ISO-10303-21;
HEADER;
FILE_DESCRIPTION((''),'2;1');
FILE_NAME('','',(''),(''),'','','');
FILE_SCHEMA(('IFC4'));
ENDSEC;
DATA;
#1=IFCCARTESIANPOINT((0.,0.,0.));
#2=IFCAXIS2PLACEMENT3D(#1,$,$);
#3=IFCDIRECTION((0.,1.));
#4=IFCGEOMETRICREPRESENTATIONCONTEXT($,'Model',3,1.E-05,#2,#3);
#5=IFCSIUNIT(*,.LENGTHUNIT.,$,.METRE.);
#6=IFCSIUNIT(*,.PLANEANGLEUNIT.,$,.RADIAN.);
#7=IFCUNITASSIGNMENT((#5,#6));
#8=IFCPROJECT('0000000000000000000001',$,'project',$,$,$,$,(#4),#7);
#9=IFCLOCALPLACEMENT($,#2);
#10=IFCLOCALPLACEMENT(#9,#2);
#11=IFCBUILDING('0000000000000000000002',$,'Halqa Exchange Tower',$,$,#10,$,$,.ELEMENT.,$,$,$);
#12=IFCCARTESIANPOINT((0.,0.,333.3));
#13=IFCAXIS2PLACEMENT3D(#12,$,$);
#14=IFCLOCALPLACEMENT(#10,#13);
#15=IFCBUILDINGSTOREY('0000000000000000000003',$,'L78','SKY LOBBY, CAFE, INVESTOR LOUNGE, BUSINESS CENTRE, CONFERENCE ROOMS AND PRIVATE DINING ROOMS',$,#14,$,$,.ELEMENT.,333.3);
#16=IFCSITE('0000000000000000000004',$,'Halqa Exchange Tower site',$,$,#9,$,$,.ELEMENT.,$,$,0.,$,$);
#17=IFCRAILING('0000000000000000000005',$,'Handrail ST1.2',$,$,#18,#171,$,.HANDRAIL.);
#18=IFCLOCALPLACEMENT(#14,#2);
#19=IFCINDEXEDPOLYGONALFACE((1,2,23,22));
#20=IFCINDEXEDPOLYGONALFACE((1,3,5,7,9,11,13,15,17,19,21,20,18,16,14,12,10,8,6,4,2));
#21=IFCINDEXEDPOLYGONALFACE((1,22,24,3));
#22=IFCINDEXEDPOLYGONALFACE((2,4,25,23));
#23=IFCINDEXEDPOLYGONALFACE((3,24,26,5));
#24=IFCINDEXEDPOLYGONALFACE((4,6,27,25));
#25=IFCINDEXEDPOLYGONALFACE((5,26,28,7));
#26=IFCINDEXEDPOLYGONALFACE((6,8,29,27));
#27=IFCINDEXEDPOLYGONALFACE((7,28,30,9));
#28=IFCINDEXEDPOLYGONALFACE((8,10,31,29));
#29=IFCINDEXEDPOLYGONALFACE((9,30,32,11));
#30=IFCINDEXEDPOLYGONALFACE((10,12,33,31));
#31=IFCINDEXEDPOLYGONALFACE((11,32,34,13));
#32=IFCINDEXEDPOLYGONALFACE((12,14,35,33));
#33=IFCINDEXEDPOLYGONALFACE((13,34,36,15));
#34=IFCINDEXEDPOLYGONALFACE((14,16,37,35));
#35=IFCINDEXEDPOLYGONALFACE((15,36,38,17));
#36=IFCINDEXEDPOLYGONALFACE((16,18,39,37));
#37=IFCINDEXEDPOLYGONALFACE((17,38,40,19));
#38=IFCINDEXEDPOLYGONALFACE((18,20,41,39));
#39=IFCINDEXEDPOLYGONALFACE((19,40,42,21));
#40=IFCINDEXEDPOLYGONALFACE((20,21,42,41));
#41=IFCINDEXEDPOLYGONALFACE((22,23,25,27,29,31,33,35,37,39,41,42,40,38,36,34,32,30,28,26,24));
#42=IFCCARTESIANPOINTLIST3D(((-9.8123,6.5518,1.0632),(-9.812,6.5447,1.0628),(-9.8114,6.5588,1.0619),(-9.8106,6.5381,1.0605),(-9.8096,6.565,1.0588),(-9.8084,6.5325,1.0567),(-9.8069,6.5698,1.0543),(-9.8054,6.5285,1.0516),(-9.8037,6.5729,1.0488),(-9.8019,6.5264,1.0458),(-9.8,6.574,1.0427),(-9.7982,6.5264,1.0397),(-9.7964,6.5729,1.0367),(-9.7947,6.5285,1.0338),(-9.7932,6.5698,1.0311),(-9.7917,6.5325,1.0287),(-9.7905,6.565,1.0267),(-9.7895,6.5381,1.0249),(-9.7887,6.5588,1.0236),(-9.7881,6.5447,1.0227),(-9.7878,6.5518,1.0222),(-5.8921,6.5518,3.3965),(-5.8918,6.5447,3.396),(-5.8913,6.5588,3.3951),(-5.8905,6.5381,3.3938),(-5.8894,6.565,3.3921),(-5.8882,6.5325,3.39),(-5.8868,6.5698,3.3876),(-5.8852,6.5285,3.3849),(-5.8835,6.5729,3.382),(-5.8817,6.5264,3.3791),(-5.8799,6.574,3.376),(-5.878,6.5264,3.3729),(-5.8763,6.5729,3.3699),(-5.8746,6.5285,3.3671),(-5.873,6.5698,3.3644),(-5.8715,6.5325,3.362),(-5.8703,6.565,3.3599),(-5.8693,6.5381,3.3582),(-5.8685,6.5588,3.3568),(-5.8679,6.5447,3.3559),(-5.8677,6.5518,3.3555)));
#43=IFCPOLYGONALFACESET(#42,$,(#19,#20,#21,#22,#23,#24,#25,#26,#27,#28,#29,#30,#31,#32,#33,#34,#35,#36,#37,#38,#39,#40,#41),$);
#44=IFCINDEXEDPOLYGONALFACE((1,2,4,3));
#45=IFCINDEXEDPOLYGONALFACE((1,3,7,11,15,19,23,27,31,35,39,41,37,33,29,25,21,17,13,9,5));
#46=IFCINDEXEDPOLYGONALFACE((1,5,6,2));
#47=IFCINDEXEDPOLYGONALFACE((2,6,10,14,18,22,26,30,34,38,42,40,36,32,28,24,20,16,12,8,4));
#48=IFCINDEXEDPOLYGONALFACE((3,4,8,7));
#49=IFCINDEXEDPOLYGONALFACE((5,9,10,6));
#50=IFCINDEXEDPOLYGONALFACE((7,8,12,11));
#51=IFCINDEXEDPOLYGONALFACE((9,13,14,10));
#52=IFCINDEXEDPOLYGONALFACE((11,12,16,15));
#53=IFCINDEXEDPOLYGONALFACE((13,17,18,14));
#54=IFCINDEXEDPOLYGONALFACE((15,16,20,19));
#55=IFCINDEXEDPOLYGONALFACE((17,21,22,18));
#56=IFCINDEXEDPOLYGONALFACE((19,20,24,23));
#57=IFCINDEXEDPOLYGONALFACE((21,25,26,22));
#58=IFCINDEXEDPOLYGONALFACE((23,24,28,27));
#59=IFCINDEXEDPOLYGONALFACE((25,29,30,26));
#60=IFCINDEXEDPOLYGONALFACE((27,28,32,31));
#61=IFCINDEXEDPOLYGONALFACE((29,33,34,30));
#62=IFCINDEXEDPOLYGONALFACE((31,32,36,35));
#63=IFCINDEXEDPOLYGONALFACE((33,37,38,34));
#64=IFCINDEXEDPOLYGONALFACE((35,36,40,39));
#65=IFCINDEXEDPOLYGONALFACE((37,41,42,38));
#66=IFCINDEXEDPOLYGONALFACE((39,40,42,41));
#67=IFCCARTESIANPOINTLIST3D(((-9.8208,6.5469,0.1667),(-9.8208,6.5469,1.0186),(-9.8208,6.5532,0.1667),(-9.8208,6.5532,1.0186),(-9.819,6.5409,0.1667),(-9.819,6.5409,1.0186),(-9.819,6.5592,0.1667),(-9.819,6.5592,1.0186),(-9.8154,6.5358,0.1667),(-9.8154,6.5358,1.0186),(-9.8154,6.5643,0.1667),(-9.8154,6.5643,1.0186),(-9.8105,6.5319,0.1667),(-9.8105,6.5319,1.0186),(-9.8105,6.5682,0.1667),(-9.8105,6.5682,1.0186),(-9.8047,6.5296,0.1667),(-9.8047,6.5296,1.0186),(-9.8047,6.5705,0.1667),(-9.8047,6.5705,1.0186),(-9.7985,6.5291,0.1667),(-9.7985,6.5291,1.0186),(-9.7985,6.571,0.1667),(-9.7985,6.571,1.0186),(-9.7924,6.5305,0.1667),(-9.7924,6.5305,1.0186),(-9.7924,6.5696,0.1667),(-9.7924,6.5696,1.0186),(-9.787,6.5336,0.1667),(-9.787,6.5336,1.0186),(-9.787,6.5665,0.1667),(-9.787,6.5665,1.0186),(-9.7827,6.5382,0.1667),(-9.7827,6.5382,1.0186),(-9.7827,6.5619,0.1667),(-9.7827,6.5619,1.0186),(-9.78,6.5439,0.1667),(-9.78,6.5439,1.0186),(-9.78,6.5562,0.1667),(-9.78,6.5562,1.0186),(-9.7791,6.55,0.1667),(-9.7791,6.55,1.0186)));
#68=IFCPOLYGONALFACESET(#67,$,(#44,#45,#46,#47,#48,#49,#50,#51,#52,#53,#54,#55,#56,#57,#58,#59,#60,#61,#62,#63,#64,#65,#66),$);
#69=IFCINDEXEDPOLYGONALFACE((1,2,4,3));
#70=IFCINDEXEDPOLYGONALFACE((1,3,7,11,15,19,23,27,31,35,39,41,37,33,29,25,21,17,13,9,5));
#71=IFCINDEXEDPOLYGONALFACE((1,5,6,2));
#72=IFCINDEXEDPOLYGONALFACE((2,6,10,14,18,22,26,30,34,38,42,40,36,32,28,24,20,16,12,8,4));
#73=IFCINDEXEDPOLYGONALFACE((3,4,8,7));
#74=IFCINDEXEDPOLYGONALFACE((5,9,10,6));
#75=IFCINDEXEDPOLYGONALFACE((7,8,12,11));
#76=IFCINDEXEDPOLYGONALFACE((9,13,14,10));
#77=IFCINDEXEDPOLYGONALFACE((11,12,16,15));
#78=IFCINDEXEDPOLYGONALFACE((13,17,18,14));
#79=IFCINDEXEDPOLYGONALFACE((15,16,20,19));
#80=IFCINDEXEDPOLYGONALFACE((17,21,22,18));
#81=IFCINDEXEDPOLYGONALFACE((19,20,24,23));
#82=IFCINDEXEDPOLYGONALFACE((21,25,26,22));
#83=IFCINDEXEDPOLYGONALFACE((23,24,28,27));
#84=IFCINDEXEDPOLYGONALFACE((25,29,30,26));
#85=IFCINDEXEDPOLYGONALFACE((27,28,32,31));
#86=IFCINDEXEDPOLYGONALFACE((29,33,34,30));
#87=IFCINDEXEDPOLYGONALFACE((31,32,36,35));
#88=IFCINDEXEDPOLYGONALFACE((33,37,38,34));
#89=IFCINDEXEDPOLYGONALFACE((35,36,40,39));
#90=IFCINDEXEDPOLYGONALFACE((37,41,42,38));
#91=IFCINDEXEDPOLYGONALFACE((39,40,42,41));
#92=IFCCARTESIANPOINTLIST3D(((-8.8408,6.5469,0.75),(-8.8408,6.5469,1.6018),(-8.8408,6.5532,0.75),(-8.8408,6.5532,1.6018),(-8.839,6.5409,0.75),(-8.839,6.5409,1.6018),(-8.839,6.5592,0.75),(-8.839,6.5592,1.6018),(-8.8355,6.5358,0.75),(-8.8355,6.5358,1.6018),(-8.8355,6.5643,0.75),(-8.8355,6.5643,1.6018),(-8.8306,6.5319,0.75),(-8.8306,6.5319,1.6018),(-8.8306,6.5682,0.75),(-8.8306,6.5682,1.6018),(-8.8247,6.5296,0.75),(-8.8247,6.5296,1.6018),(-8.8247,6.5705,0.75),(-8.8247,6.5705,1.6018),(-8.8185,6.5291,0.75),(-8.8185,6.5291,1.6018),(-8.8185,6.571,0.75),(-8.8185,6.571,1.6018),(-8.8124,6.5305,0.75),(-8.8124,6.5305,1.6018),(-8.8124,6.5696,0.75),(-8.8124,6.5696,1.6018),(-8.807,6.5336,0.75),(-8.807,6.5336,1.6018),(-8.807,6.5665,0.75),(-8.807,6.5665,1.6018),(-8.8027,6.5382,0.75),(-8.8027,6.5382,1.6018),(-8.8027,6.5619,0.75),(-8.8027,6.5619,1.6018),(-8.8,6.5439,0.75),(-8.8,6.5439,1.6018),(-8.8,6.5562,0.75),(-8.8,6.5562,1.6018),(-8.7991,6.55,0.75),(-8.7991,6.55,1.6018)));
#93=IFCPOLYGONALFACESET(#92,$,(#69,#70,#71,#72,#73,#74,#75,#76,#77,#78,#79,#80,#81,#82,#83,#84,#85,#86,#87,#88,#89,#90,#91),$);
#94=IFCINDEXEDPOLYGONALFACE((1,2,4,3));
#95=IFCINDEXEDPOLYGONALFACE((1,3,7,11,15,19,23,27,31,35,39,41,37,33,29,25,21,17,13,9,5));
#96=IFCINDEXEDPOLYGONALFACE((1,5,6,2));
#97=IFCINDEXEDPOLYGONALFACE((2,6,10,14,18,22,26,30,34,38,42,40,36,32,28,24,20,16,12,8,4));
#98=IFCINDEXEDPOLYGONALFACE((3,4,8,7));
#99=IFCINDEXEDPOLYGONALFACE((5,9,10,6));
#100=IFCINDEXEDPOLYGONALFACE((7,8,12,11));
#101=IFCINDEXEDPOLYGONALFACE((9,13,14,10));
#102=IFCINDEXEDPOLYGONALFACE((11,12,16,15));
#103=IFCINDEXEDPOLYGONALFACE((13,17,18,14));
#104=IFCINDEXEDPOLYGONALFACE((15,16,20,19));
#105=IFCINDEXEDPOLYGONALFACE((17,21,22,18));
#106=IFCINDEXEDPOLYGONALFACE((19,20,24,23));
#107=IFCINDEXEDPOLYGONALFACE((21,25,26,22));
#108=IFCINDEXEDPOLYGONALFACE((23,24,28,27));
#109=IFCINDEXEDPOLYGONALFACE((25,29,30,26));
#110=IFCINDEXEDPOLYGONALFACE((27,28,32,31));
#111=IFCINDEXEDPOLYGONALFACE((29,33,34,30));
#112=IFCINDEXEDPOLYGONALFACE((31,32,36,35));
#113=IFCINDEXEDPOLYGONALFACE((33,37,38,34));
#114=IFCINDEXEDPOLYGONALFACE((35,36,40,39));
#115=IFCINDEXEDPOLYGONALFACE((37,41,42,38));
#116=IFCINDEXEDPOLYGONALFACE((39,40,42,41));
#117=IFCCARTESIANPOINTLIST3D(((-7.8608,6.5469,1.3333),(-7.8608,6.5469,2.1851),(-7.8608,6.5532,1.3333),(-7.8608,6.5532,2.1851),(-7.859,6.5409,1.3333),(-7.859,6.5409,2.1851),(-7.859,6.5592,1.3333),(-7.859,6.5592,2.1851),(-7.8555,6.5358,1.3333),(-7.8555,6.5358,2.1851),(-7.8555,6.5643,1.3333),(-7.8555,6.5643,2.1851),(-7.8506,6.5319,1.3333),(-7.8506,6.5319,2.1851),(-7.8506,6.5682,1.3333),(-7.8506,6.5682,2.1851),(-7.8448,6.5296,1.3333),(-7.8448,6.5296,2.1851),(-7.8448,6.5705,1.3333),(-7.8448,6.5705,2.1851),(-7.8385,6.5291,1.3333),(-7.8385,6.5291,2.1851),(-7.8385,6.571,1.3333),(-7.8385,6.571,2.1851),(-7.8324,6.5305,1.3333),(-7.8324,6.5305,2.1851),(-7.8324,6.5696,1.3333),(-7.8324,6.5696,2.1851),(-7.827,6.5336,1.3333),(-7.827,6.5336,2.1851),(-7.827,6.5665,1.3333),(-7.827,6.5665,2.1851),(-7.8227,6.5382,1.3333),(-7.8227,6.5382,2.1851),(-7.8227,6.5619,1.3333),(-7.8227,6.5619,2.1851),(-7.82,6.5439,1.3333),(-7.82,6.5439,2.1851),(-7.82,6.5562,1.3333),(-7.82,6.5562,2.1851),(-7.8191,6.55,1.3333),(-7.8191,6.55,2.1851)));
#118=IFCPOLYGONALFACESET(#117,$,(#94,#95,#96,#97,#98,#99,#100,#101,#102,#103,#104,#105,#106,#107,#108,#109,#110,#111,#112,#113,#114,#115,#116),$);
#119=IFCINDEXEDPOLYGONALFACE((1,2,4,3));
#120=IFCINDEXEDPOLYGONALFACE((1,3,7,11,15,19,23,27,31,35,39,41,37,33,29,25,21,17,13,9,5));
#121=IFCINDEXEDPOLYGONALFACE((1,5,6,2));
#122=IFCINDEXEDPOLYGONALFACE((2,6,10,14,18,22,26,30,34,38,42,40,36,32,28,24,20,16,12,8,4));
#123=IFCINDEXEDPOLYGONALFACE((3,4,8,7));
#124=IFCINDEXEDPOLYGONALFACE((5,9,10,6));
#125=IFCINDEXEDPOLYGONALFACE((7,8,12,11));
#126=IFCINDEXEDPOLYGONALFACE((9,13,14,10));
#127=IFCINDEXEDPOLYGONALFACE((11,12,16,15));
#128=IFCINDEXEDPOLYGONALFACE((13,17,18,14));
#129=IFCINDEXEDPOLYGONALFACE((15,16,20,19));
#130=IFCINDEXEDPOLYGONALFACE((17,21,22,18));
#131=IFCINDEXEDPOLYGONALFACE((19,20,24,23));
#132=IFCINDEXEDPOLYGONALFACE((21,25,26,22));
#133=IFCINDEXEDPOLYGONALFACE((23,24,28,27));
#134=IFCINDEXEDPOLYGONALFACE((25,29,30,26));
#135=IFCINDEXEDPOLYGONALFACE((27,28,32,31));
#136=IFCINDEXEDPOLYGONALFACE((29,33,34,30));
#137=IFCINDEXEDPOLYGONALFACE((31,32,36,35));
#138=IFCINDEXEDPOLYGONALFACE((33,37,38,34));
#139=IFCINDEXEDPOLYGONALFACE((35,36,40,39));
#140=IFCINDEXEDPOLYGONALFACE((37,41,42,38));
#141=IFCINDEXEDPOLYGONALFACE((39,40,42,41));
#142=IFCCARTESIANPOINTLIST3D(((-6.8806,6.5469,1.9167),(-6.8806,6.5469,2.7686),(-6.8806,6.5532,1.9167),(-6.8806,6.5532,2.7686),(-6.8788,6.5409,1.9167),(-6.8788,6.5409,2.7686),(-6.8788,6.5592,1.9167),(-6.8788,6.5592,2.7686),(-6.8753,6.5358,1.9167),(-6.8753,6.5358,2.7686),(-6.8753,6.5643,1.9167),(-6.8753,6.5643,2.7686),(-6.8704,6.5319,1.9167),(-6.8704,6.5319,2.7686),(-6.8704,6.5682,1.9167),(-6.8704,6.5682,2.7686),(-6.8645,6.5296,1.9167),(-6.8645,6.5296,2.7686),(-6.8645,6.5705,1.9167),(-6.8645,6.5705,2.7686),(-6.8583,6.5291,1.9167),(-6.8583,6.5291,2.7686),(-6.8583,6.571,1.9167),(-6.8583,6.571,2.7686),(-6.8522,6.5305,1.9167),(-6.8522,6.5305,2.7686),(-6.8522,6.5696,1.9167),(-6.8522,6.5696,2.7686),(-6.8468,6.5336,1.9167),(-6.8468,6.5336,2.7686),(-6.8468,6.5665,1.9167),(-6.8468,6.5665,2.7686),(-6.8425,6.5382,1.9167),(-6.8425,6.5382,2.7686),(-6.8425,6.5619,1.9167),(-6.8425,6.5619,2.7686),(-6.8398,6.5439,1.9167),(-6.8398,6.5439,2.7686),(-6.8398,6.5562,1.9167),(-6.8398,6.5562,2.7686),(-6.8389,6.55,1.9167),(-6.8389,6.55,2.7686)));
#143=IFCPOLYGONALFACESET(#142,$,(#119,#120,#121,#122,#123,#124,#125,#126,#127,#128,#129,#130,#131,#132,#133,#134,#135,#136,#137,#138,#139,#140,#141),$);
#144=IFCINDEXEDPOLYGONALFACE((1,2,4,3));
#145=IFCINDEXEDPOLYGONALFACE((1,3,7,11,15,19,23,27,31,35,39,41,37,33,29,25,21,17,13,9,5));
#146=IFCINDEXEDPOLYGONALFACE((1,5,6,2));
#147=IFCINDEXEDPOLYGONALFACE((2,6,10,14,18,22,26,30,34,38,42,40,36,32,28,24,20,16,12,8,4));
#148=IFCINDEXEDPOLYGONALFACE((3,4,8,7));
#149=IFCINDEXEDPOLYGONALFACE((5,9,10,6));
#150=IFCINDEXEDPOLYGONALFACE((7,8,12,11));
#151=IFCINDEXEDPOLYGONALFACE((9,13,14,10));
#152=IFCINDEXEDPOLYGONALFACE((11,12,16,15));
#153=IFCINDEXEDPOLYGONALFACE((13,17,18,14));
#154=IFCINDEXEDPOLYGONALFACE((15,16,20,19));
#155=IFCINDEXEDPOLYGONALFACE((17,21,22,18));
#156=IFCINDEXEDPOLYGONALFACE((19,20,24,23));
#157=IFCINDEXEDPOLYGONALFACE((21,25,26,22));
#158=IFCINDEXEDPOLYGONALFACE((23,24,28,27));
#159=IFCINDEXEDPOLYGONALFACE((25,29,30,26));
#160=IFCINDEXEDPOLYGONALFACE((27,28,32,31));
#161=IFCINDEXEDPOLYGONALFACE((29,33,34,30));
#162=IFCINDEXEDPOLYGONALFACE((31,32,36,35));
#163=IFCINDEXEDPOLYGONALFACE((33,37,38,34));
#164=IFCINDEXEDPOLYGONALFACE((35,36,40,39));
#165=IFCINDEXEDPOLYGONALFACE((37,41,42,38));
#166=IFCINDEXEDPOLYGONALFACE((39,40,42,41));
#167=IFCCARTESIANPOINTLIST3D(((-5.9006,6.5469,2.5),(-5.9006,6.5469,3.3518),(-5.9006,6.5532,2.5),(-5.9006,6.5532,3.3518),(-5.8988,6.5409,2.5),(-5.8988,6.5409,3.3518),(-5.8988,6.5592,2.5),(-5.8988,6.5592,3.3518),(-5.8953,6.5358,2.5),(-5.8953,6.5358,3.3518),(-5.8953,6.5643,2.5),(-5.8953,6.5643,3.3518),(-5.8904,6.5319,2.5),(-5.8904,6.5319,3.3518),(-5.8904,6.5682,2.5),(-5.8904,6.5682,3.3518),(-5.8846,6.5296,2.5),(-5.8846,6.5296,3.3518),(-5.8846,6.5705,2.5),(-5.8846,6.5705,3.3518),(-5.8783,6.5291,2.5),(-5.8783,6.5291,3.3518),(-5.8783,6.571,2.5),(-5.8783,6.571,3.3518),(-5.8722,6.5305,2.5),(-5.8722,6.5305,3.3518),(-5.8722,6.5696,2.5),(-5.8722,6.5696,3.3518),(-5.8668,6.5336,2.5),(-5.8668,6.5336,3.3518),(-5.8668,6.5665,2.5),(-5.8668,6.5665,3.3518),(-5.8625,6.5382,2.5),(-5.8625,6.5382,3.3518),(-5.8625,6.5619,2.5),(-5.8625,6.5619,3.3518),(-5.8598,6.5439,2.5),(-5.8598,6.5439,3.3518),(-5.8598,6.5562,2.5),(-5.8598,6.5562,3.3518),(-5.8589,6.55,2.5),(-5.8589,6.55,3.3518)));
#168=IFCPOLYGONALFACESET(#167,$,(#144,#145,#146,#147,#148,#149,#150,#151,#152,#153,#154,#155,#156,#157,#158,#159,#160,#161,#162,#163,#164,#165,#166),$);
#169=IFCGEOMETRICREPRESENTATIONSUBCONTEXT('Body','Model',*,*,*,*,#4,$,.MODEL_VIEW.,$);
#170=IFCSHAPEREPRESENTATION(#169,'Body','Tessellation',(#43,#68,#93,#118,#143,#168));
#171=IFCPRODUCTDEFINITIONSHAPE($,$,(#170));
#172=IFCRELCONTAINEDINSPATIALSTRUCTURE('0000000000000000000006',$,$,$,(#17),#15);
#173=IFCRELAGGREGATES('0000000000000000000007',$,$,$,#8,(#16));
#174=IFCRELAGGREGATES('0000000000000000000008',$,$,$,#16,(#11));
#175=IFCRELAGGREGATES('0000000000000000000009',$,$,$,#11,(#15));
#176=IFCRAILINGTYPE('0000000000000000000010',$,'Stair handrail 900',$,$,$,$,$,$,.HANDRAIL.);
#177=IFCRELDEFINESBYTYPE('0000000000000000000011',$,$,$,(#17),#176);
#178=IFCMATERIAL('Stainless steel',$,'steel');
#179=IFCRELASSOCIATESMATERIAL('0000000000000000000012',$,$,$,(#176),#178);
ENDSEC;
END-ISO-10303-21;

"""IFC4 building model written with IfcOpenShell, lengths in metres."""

from ifc_helpers import new_model, si_unit, direction, frame, origin, origin_2d, place, context, subcontext, project, spatial, circle, extrude, material, type_object, element, save


model = new_model("IFC4")

# Units and contexts
model_context = context("Model", 3, precision=1e-05, world=origin(), true_north=direction((0.0, 1.0)))
body_context = subcontext(model_context, "Body", "Model", "MODEL_VIEW")
ifc_project = project(units=[si_unit("LENGTHUNIT", "METRE"), si_unit("PLANEANGLEUNIT", "RADIAN")], contexts=[model_context])

# Site, building, storey
site_placement = place(None, origin())
site = spatial("IfcSite", under=ifc_project, at=site_placement, Name="Halqa Exchange Tower site", CompositionType="ELEMENT", RefElevation=0.0)
building_placement = place(site_placement, origin())
building = spatial("IfcBuilding", under=site, at=building_placement, Name="Halqa Exchange Tower", CompositionType="ELEMENT")
storey_placement = place(building_placement, frame((0.0, 0.0, 333.3)))
storey = spatial("IfcBuildingStorey", under=building, at=storey_placement, Name="L78", Description="SKY LOBBY, CAFE, INVESTOR LOUNGE, BUSINESS CENTRE, CONFERENCE ROOMS AND PRIVATE DINING ROOMS", CompositionType="ELEMENT", Elevation=333.3)

# Shared definitions
ifc_material_1 = material(Name="Stainless steel", Category="steel")

# Railing
railing_type_1 = type_object("IfcRailingType", Name="Stair handrail 900", PredefinedType="HANDRAIL", material=ifc_material_1)
railing_1_placement = place(storey_placement, frame((-9.8, 6.55, 0.1667)))
element("IfcRailing", 1, at=railing_1_placement, inside=storey, type_object=railing_type_1, Name="Handrail ST1.2", PredefinedType="HANDRAIL", context=body_context, shape_type="SweptSolid", body=[
    extrude(circle(Radius=0.0239, at=origin_2d()), frame((0.0, 0.0, 0.876), z_axis=(0.85931, 0.0, 0.511455), x_axis=(0.0, 1.0, 0.0)), (0.0, 0.0, 1.0), 4.562),
    extrude(circle(Radius=0.021, at=origin_2d()), origin(), (0.0, 0.0, 1.0), 0.8518),
    extrude(circle(Radius=0.021, at=origin_2d()), frame((0.98, 0.0, 0.5833)), (0.0, 0.0, 1.0), 0.8518),
    extrude(circle(Radius=0.021, at=origin_2d()), frame((1.96, 0.0, 1.1665)), (0.0, 0.0, 1.0), 0.8518),
    extrude(circle(Radius=0.021, at=origin_2d()), frame((2.9402, 0.0, 1.75)), (0.0, 0.0, 1.0), 0.8518),
    extrude(circle(Radius=0.021, at=origin_2d()), frame((3.9202, 0.0, 2.3333)), (0.0, 0.0, 1.0), 0.8518),
])

save(model, "model.ifc")
